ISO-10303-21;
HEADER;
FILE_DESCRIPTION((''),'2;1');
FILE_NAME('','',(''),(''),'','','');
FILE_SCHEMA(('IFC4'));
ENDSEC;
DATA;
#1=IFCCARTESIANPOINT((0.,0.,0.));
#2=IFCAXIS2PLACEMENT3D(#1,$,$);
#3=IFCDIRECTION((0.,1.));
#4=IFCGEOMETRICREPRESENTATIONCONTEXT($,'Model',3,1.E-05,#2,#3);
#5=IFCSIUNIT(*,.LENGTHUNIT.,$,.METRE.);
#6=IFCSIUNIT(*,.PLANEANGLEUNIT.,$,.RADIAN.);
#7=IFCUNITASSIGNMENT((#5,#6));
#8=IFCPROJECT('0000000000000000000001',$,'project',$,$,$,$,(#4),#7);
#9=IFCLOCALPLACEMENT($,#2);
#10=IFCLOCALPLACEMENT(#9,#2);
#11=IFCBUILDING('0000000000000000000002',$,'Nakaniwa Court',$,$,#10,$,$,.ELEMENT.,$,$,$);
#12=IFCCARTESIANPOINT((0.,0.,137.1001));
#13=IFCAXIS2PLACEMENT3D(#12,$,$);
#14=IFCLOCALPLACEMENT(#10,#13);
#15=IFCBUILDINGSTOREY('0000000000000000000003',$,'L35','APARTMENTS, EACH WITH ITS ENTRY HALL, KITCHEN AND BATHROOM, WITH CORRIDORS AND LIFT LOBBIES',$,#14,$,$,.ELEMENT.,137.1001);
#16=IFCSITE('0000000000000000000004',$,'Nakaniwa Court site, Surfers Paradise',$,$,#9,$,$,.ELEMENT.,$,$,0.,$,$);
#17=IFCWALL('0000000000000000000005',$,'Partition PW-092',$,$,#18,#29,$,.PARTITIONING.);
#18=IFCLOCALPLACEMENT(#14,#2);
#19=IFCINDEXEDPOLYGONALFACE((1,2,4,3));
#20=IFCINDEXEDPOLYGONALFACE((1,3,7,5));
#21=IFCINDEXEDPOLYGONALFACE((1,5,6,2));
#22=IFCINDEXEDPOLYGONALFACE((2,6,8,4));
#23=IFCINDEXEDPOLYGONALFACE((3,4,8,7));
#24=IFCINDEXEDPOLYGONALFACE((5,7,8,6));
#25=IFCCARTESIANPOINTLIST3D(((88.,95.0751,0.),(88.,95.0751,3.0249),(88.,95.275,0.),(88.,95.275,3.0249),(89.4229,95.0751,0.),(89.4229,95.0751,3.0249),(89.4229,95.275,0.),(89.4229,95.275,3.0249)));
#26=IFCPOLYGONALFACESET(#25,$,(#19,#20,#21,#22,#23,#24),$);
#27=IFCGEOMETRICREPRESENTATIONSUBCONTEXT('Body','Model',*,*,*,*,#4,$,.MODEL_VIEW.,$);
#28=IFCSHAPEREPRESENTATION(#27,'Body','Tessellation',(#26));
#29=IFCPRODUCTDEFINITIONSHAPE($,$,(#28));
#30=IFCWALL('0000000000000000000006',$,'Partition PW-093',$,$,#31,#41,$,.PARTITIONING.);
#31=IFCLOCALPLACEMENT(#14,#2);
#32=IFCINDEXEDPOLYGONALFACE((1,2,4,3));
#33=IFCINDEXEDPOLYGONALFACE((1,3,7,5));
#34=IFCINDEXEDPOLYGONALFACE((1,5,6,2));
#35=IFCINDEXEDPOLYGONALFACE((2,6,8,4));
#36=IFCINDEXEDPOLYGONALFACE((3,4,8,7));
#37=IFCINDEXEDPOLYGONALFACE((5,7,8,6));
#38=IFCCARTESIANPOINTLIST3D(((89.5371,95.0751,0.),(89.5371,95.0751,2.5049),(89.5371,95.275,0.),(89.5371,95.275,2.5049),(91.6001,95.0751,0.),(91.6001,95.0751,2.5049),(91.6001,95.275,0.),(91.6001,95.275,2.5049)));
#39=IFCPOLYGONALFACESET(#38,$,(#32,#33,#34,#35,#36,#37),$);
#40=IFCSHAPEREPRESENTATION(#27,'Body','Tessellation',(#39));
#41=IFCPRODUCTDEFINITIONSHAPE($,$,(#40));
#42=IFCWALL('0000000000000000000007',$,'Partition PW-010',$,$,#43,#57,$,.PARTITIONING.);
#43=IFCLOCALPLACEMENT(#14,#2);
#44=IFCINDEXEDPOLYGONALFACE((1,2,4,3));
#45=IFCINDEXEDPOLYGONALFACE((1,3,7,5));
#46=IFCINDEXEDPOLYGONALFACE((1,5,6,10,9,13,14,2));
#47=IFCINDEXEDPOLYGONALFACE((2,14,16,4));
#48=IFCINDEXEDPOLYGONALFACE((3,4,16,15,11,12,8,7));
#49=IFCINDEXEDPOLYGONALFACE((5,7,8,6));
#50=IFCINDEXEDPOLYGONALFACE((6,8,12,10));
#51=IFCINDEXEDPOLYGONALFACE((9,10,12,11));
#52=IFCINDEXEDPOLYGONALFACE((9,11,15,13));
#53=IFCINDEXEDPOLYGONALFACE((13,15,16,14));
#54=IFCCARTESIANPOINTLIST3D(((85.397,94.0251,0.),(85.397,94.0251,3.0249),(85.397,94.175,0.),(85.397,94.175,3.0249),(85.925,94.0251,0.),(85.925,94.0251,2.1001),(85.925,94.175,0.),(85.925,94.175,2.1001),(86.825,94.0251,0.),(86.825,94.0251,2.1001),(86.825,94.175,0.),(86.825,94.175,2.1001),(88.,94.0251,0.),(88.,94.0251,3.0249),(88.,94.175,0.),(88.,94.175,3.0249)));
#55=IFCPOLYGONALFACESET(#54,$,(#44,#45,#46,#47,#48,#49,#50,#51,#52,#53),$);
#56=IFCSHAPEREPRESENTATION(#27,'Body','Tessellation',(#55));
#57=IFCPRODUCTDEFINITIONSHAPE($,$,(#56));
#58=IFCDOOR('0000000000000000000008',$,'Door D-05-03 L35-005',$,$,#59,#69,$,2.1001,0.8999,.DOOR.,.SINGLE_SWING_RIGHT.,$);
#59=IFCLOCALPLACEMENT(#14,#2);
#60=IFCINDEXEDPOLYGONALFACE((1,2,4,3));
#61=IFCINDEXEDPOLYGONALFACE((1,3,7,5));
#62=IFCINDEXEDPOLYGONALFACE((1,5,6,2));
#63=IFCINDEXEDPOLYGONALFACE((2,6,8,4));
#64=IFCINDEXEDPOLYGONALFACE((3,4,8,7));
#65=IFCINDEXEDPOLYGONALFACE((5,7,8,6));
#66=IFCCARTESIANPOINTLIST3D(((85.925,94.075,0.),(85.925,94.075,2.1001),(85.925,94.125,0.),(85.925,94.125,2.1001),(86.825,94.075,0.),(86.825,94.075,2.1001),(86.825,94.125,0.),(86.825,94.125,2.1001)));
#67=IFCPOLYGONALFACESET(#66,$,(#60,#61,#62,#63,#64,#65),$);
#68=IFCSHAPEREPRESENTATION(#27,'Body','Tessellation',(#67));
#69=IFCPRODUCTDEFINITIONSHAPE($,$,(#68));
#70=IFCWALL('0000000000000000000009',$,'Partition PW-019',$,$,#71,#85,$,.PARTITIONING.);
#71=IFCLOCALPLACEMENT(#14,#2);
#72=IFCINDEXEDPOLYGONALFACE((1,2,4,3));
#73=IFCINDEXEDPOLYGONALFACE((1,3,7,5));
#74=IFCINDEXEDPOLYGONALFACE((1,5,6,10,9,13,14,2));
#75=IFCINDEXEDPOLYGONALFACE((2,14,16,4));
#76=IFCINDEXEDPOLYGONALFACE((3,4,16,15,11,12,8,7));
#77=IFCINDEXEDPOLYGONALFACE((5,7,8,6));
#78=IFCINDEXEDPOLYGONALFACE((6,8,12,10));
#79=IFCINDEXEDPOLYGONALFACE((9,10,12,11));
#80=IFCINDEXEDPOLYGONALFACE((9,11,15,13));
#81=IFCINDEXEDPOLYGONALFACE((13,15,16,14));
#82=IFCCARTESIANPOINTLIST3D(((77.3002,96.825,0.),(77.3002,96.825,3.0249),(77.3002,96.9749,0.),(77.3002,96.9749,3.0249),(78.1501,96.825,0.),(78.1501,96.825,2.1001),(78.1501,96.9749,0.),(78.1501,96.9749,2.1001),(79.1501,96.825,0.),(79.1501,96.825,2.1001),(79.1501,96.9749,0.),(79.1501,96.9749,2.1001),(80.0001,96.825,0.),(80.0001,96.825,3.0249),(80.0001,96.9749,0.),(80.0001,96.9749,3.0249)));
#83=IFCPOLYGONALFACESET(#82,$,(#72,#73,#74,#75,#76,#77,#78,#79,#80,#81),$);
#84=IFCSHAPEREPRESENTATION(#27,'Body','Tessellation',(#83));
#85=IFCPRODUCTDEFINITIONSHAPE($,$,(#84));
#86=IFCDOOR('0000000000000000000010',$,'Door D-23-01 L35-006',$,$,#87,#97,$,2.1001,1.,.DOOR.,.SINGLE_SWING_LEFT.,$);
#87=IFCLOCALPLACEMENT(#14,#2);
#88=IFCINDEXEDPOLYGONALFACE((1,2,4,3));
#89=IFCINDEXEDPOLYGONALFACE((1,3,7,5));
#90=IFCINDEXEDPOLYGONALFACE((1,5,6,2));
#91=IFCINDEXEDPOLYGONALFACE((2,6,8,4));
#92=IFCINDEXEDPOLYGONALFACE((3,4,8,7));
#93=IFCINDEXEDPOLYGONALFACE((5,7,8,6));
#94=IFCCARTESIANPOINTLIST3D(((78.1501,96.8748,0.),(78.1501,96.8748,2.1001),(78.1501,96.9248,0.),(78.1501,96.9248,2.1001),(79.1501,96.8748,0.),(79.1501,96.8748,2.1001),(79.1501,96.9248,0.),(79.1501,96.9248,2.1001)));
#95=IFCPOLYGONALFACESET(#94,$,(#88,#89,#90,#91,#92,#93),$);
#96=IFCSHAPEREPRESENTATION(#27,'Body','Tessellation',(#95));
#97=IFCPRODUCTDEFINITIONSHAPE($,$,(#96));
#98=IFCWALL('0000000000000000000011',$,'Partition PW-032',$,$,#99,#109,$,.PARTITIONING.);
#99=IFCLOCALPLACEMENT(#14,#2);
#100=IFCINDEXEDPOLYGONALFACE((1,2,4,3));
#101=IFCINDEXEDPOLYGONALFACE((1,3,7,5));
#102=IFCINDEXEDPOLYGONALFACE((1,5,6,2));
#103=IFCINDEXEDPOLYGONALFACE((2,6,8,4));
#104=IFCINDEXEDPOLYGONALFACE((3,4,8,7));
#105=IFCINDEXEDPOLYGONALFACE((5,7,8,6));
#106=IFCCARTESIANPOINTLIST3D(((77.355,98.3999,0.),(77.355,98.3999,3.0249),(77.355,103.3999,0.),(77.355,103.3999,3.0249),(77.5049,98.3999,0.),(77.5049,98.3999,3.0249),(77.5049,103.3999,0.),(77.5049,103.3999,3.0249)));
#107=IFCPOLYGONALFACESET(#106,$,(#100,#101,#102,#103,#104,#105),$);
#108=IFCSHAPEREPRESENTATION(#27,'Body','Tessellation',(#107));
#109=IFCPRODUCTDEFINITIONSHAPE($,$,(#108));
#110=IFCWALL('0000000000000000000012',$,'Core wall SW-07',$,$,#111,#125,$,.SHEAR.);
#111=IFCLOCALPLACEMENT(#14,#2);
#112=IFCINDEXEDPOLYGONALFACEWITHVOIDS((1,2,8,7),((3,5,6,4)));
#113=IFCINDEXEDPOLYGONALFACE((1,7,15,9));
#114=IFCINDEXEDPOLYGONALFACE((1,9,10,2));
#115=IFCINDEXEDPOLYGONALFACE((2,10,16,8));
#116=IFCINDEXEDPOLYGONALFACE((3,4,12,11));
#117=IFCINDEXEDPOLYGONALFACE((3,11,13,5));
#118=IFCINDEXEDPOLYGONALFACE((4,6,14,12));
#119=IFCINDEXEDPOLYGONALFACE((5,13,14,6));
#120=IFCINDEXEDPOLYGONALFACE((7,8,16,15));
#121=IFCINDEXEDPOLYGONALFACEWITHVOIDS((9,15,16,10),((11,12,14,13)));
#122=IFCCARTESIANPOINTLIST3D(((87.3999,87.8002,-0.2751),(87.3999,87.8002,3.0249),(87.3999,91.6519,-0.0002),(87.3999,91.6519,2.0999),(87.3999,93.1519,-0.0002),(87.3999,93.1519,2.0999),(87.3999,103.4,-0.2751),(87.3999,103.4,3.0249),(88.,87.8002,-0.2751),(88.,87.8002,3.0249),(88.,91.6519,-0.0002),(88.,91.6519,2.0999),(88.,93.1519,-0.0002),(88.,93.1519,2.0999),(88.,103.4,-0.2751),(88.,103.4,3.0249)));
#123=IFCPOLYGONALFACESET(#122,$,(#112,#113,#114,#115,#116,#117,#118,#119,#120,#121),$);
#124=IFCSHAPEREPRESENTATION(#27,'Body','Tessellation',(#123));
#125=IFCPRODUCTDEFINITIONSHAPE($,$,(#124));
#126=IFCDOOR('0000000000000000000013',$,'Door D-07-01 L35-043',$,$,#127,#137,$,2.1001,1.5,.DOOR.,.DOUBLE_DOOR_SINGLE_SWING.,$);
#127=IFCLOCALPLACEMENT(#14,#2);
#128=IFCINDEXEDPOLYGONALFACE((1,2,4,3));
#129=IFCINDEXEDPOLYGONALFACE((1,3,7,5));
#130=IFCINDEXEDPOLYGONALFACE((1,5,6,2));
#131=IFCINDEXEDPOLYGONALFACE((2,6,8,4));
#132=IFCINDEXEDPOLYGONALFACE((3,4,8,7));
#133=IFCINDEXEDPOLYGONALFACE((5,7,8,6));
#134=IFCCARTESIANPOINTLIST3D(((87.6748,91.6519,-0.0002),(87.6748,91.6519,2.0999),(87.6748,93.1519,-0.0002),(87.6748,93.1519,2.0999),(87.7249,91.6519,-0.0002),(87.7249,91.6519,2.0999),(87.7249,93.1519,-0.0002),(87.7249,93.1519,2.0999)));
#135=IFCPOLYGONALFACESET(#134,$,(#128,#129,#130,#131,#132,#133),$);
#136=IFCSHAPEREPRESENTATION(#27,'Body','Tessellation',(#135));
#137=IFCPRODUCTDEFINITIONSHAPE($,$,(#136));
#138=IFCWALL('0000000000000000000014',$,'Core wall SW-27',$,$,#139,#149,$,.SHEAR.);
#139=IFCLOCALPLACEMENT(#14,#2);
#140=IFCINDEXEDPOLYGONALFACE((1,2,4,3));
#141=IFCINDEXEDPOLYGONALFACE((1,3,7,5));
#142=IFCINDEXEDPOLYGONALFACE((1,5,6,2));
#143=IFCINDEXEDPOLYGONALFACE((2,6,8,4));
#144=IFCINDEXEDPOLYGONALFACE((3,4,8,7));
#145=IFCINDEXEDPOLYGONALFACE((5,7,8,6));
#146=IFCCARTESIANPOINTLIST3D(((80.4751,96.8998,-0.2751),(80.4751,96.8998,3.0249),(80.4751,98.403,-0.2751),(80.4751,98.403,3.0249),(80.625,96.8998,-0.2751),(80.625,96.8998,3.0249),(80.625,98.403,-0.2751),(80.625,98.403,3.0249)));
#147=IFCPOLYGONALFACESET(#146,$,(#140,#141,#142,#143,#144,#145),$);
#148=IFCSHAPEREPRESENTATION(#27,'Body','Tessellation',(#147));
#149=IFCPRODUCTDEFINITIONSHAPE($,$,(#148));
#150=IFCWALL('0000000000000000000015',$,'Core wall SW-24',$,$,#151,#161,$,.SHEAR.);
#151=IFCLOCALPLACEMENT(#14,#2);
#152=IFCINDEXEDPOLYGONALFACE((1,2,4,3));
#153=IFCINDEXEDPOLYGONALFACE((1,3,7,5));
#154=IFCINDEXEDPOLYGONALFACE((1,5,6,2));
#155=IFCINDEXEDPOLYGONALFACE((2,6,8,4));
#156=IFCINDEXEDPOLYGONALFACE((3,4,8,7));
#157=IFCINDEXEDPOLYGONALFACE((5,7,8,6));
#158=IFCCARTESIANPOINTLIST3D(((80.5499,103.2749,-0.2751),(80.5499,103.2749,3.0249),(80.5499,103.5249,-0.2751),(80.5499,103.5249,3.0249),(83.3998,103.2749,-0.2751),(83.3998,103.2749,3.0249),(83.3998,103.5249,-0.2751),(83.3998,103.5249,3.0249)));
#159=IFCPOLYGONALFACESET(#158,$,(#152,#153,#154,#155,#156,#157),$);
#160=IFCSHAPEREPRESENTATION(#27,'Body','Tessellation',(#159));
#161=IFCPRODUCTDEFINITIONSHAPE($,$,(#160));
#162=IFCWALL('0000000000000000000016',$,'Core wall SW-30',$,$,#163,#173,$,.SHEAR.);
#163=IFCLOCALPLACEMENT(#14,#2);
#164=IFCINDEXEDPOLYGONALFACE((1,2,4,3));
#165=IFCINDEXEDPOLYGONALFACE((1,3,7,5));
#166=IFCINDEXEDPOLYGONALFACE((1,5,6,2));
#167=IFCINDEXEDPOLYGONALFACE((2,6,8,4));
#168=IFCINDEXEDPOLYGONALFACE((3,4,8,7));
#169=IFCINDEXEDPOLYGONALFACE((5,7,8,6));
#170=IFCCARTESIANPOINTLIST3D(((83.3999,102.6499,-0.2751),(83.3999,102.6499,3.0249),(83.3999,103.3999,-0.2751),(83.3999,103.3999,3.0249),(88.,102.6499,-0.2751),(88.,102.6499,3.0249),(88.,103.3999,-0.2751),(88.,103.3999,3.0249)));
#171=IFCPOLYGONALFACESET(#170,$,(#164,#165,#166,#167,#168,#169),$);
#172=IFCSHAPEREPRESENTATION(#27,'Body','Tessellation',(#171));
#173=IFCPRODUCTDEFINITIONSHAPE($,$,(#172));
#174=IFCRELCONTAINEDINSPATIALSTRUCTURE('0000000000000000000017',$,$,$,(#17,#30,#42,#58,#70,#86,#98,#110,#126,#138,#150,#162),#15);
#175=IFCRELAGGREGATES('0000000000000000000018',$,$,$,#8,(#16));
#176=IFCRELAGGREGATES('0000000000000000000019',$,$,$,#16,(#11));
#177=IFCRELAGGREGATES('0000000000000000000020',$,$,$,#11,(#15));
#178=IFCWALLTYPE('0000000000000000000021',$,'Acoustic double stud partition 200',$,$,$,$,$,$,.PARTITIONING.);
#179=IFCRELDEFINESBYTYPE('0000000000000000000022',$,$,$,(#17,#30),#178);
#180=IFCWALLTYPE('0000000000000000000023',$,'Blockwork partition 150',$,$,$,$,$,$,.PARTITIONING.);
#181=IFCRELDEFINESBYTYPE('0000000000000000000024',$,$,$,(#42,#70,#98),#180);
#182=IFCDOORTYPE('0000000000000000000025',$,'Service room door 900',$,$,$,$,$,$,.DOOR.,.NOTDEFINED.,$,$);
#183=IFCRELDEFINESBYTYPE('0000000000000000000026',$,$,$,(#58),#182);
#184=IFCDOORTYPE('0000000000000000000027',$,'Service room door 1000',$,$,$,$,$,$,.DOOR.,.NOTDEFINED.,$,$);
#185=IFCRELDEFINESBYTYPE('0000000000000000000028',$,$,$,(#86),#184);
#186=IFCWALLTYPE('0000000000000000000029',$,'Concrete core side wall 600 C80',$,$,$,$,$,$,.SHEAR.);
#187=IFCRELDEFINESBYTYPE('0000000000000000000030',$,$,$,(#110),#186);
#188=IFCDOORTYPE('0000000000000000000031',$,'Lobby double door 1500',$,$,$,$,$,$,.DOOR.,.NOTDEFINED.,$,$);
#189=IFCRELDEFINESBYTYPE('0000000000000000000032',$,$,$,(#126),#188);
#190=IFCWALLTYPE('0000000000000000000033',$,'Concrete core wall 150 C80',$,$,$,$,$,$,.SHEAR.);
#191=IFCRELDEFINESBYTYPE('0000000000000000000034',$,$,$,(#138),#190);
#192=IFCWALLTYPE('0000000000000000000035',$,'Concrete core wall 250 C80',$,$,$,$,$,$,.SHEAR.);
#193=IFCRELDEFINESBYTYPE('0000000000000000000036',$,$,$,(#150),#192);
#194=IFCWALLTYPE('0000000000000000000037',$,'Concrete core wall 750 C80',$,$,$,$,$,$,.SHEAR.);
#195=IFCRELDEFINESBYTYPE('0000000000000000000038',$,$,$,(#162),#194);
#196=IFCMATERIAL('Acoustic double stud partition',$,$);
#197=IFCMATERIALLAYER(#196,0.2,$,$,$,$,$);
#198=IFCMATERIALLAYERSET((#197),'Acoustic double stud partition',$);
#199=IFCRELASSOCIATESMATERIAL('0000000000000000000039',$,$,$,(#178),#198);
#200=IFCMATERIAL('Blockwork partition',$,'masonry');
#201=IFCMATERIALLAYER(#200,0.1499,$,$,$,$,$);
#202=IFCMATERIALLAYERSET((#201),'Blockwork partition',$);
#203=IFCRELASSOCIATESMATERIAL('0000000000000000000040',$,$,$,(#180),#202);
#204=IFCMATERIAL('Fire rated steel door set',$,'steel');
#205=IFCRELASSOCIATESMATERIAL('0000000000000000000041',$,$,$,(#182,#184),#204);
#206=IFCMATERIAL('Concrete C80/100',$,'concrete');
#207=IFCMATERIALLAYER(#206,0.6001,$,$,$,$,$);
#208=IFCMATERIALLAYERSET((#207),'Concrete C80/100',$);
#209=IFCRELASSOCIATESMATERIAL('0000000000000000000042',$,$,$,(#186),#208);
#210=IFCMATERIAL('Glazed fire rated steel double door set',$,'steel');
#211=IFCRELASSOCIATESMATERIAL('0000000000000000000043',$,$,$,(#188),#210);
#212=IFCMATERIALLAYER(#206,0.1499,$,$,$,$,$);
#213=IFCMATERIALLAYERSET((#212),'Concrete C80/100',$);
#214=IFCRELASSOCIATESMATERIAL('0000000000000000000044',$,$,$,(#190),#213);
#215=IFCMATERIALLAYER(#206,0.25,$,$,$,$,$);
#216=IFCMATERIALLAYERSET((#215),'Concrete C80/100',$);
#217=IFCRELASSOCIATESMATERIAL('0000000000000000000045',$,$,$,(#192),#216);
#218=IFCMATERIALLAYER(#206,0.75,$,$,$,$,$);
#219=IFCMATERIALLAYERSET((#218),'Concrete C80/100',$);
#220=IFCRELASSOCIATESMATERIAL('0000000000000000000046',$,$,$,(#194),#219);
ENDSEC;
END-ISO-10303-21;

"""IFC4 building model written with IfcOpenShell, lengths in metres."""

from ifc_helpers import new_model, si_unit, direction, frame, frame_2d, origin, place, context, subcontext, project, spatial, rectangle, extrude, material, layer, layer_set, type_object, element, fill, save


model = new_model("IFC4")

# Units and contexts
model_context = context("Model", 3, precision=1e-05, world=origin(), true_north=direction((0.0, 1.0)))
body_context = subcontext(model_context, "Body", "Model", "MODEL_VIEW")
ifc_project = project(units=[si_unit("LENGTHUNIT", "METRE"), si_unit("PLANEANGLEUNIT", "RADIAN")], contexts=[model_context])

# Site, building, storey
site_placement = place(None, origin())
site = spatial("IfcSite", under=ifc_project, at=site_placement, Name="Nakaniwa Court site, Surfers Paradise", CompositionType="ELEMENT", RefElevation=0.0)
building_placement = place(site_placement, origin())
building = spatial("IfcBuilding", under=site, at=building_placement, Name="Nakaniwa Court", CompositionType="ELEMENT")
storey_placement = place(building_placement, frame((0.0, 0.0, 137.1001)))
storey = spatial("IfcBuildingStorey", under=building, at=storey_placement, Name="L35", Description="APARTMENTS, EACH WITH ITS ENTRY HALL, KITCHEN AND BATHROOM, WITH CORRIDORS AND LIFT LOBBIES", CompositionType="ELEMENT", Elevation=137.1001)

# Walls
ifc_material_1 = material(Name="Acoustic double stud partition")
ifc_layer_1 = layer(ifc_material_1, 0.2)
ifc_layer_set_1 = layer_set([ifc_layer_1], Name="Acoustic double stud partition")
wall_type_1 = type_object("IfcWallType", Name="Acoustic double stud partition 200", PredefinedType="PARTITIONING", material=ifc_layer_set_1)
wall_1_placement = place(storey_placement, frame((88.0, 95.175, 0.0), z_axis=(0.0, 0.0, 1.0), x_axis=(1.0, 0.0, 0.0)))
element("IfcWall", 1, at=wall_1_placement, inside=storey, type_object=wall_type_1, Name="Partition PW-092", PredefinedType="PARTITIONING", context=body_context, shape_type="SweptSolid", body=[
    extrude(rectangle(XDim=1.4229, YDim=0.2, at=frame_2d((0.7114, 0.0))), origin(), (0.0, 0.0, 1.0), 3.0249),
])
wall_2_placement = place(storey_placement, frame((89.5371, 95.175, 0.0), z_axis=(0.0, 0.0, 1.0), x_axis=(1.0, 0.0, 0.0)))
element("IfcWall", 2, at=wall_2_placement, inside=storey, type_object=wall_type_1, Name="Partition PW-093", PredefinedType="PARTITIONING", context=body_context, shape_type="SweptSolid", body=[
    extrude(rectangle(XDim=2.063, YDim=0.2, at=frame_2d((1.0315, 0.0))), origin(), (0.0, 0.0, 1.0), 2.5049),
])

# Walls, openings, doors
ifc_material_2 = material(Name="Blockwork partition", Category="masonry")
ifc_layer_2 = layer(ifc_material_2, 0.1499)
ifc_layer_set_2 = layer_set([ifc_layer_2], Name="Blockwork partition")
wall_type_2 = type_object("IfcWallType", Name="Blockwork partition 150", PredefinedType="PARTITIONING", material=ifc_layer_set_2)
wall_3_placement = place(storey_placement, frame((85.397, 94.1001, 0.0), z_axis=(0.0, 0.0, 1.0), x_axis=(1.0, 0.0, 0.0)))
wall_3 = element("IfcWall", 3, at=wall_3_placement, inside=storey, type_object=wall_type_2, Name="Partition PW-010", PredefinedType="PARTITIONING", context=body_context, shape_type="SweptSolid", body=[
    extrude(rectangle(XDim=2.603, YDim=0.1499, at=frame_2d((1.3015, 0.0))), origin(), (0.0, 0.0, 1.0), 3.0249),
])
opening_1_placement = place(wall_3_placement, frame((0.5281, 0.0, 0.0)))
opening_1 = element("IfcOpeningElement", 4, at=opening_1_placement, cuts=wall_3, PredefinedType="OPENING", context=body_context, shape_type="SweptSolid", body=[
    extrude(rectangle(XDim=0.8999, YDim=2.1001, at=frame_2d((0.45, 1.05))), frame((0.0, 0.085, 0.0), z_axis=(0.0, -1.0, 0.0), x_axis=(1.0, 0.0, 0.0)), (0.0, 0.0, 1.0), 0.1699),
])
ifc_material_3 = material(Name="Fire rated steel door set", Category="steel")
door_type_1 = type_object("IfcDoorType", Name="Service room door 900", OperationType="NOTDEFINED", PredefinedType="DOOR", material=ifc_material_3)
door_1_placement = place(opening_1_placement, origin())
door_1 = element("IfcDoor", 5, at=door_1_placement, inside=storey, type_object=door_type_1, Name="Door D-05-03 L35-005", OperationType="SINGLE_SWING_RIGHT", OverallHeight=2.1001, OverallWidth=0.8999, PredefinedType="DOOR", context=body_context, shape_type="SweptSolid", body=[
    extrude(rectangle(XDim=0.8999, YDim=2.1001, at=frame_2d((0.45, 1.05))), frame((0.0, 0.0249, 0.0), z_axis=(0.0, -1.0, 0.0), x_axis=(1.0, 0.0, 0.0)), (0.0, 0.0, 1.0), 0.05),
])
fill(opening_1, door_1)
wall_4_placement = place(storey_placement, frame((77.3, 96.8999, 0.0), z_axis=(0.0, 0.0, 1.0), x_axis=(1.0, 0.0, 0.0)))
wall_4 = element("IfcWall", 6, at=wall_4_placement, inside=storey, type_object=wall_type_2, Name="Partition PW-019", PredefinedType="PARTITIONING", context=body_context, shape_type="SweptSolid", body=[
    extrude(rectangle(XDim=2.7, YDim=0.1499, at=frame_2d((1.3501, 0.0))), origin(), (0.0, 0.0, 1.0), 3.0249),
])
opening_2_placement = place(wall_4_placement, frame((0.8501, 0.0, 0.0)))
opening_2 = element("IfcOpeningElement", 7, at=opening_2_placement, cuts=wall_4, PredefinedType="OPENING", context=body_context, shape_type="SweptSolid", body=[
    extrude(rectangle(XDim=1.0, YDim=2.1001, at=frame_2d((0.5, 1.05))), frame((0.0, 0.085, 0.0), z_axis=(0.0, -1.0, 0.0), x_axis=(1.0, 0.0, 0.0)), (0.0, 0.0, 1.0), 0.1699),
])
door_type_2 = type_object("IfcDoorType", Name="Service room door 1000", OperationType="NOTDEFINED", PredefinedType="DOOR", material=ifc_material_3)
door_2_placement = place(opening_2_placement, origin())
door_2 = element("IfcDoor", 8, at=door_2_placement, inside=storey, type_object=door_type_2, Name="Door D-23-01 L35-006", OperationType="SINGLE_SWING_LEFT", OverallHeight=2.1001, OverallWidth=1.0, PredefinedType="DOOR", context=body_context, shape_type="SweptSolid", body=[
    extrude(rectangle(XDim=1.0, YDim=2.1001, at=frame_2d((0.5, 1.05))), frame((0.0, 0.0249, 0.0), z_axis=(0.0, -1.0, 0.0), x_axis=(1.0, 0.0, 0.0)), (0.0, 0.0, 1.0), 0.05),
])
fill(opening_2, door_2)

# Wall
wall_5_placement = place(storey_placement, frame((77.4299, 98.3999, 0.0), z_axis=(0.0, 0.0, 1.0), x_axis=(0.0, 1.0, 0.0)))
element("IfcWall", 9, at=wall_5_placement, inside=storey, type_object=wall_type_2, Name="Partition PW-032", PredefinedType="PARTITIONING", context=body_context, shape_type="SweptSolid", body=[
    extrude(rectangle(XDim=5.0, YDim=0.1499, at=frame_2d((2.5, 0.0))), origin(), (0.0, 0.0, 1.0), 3.0249),
])

# Wall, opening, door
ifc_material_4 = material(Name="Concrete C80/100", Category="concrete")
ifc_layer_3 = layer(ifc_material_4, 0.6001)
ifc_layer_set_3 = layer_set([ifc_layer_3], Name="Concrete C80/100")
wall_type_3 = type_object("IfcWallType", Name="Concrete core side wall 600 C80", PredefinedType="SHEAR", material=ifc_layer_set_3)
wall_6_placement = place(storey_placement, frame((87.7, 103.3999, -0.2751), z_axis=(0.0, 0.0, 1.0), x_axis=(0.0, -1.0, 0.0)))
wall_6 = element("IfcWall", 10, at=wall_6_placement, inside=storey, type_object=wall_type_3, Name="Core wall SW-07", PredefinedType="SHEAR", context=body_context, shape_type="SweptSolid", body=[
    extrude(rectangle(XDim=15.5999, YDim=0.6001, at=frame_2d((7.7998, 0.0))), origin(), (0.0, 0.0, 1.0), 3.3),
])
opening_3_placement = place(wall_6_placement, frame((10.248, 0.0, 0.2749)))
opening_3 = element("IfcOpeningElement", 11, at=opening_3_placement, cuts=wall_6, PredefinedType="OPENING", context=body_context, shape_type="SweptSolid", body=[
    extrude(rectangle(XDim=1.5, YDim=2.1001, at=frame_2d((0.75, 1.05))), frame((0.0, 0.3101, 0.0), z_axis=(0.0, -1.0, 0.0), x_axis=(1.0, 0.0, 0.0)), (0.0, 0.0, 1.0), 0.6201),
])
ifc_material_5 = material(Name="Glazed fire rated steel double door set", Category="steel")
door_type_3 = type_object("IfcDoorType", Name="Lobby double door 1500", OperationType="NOTDEFINED", PredefinedType="DOOR", material=ifc_material_5)
door_3_placement = place(opening_3_placement, origin())
door_3 = element("IfcDoor", 12, at=door_3_placement, inside=storey, type_object=door_type_3, Name="Door D-07-01 L35-043", OperationType="DOUBLE_DOOR_SINGLE_SWING", OverallHeight=2.1001, OverallWidth=1.5, PredefinedType="DOOR", context=body_context, shape_type="SweptSolid", body=[
    extrude(rectangle(XDim=1.5, YDim=2.1001, at=frame_2d((0.75, 1.05))), frame((0.0, 0.0249, 0.0), z_axis=(0.0, -1.0, 0.0), x_axis=(1.0, 0.0, 0.0)), (0.0, 0.0, 1.0), 0.05),
])
fill(opening_3, door_3)

# Walls
ifc_layer_4 = layer(ifc_material_4, 0.1499)
ifc_layer_set_4 = layer_set([ifc_layer_4], Name="Concrete C80/100")
wall_type_4 = type_object("IfcWallType", Name="Concrete core wall 150 C80", PredefinedType="SHEAR", material=ifc_layer_set_4)
wall_7_placement = place(storey_placement, frame((80.55, 96.8999, -0.2751), z_axis=(0.0, 0.0, 1.0), x_axis=(0.0, 1.0, 0.0)))
element("IfcWall", 13, at=wall_7_placement, inside=storey, type_object=wall_type_4, Name="Core wall SW-27", PredefinedType="SHEAR", context=body_context, shape_type="SweptSolid", body=[
    extrude(rectangle(XDim=1.5032, YDim=0.1499, at=frame_2d((0.7515, 0.0))), origin(), (0.0, 0.0, 1.0), 3.3),
])
ifc_layer_5 = layer(ifc_material_4, 0.25)
ifc_layer_set_5 = layer_set([ifc_layer_5], Name="Concrete C80/100")
wall_type_5 = type_object("IfcWallType", Name="Concrete core wall 250 C80", PredefinedType="SHEAR", material=ifc_layer_set_5)
wall_8_placement = place(storey_placement, frame((80.55, 103.3999, -0.2751), z_axis=(0.0, 0.0, 1.0), x_axis=(1.0, 0.0, 0.0)))
element("IfcWall", 14, at=wall_8_placement, inside=storey, type_object=wall_type_5, Name="Core wall SW-24", PredefinedType="SHEAR", context=body_context, shape_type="SweptSolid", body=[
    extrude(rectangle(XDim=2.8499, YDim=0.25, at=frame_2d((1.4248, 0.0))), origin(), (0.0, 0.0, 1.0), 3.3),
])
ifc_layer_6 = layer(ifc_material_4, 0.75)
ifc_layer_set_6 = layer_set([ifc_layer_6], Name="Concrete C80/100")
wall_type_6 = type_object("IfcWallType", Name="Concrete core wall 750 C80", PredefinedType="SHEAR", material=ifc_layer_set_6)
wall_9_placement = place(storey_placement, frame((83.3999, 103.0249, -0.2751), z_axis=(0.0, 0.0, 1.0), x_axis=(1.0, 0.0, 0.0)))
element("IfcWall", 15, at=wall_9_placement, inside=storey, type_object=wall_type_6, Name="Core wall SW-30", PredefinedType="SHEAR", context=body_context, shape_type="SweptSolid", body=[
    extrude(rectangle(XDim=4.6001, YDim=0.75, at=frame_2d((2.3, 0.0))), origin(), (0.0, 0.0, 1.0), 3.3),
])

save(model, "model.ifc")
